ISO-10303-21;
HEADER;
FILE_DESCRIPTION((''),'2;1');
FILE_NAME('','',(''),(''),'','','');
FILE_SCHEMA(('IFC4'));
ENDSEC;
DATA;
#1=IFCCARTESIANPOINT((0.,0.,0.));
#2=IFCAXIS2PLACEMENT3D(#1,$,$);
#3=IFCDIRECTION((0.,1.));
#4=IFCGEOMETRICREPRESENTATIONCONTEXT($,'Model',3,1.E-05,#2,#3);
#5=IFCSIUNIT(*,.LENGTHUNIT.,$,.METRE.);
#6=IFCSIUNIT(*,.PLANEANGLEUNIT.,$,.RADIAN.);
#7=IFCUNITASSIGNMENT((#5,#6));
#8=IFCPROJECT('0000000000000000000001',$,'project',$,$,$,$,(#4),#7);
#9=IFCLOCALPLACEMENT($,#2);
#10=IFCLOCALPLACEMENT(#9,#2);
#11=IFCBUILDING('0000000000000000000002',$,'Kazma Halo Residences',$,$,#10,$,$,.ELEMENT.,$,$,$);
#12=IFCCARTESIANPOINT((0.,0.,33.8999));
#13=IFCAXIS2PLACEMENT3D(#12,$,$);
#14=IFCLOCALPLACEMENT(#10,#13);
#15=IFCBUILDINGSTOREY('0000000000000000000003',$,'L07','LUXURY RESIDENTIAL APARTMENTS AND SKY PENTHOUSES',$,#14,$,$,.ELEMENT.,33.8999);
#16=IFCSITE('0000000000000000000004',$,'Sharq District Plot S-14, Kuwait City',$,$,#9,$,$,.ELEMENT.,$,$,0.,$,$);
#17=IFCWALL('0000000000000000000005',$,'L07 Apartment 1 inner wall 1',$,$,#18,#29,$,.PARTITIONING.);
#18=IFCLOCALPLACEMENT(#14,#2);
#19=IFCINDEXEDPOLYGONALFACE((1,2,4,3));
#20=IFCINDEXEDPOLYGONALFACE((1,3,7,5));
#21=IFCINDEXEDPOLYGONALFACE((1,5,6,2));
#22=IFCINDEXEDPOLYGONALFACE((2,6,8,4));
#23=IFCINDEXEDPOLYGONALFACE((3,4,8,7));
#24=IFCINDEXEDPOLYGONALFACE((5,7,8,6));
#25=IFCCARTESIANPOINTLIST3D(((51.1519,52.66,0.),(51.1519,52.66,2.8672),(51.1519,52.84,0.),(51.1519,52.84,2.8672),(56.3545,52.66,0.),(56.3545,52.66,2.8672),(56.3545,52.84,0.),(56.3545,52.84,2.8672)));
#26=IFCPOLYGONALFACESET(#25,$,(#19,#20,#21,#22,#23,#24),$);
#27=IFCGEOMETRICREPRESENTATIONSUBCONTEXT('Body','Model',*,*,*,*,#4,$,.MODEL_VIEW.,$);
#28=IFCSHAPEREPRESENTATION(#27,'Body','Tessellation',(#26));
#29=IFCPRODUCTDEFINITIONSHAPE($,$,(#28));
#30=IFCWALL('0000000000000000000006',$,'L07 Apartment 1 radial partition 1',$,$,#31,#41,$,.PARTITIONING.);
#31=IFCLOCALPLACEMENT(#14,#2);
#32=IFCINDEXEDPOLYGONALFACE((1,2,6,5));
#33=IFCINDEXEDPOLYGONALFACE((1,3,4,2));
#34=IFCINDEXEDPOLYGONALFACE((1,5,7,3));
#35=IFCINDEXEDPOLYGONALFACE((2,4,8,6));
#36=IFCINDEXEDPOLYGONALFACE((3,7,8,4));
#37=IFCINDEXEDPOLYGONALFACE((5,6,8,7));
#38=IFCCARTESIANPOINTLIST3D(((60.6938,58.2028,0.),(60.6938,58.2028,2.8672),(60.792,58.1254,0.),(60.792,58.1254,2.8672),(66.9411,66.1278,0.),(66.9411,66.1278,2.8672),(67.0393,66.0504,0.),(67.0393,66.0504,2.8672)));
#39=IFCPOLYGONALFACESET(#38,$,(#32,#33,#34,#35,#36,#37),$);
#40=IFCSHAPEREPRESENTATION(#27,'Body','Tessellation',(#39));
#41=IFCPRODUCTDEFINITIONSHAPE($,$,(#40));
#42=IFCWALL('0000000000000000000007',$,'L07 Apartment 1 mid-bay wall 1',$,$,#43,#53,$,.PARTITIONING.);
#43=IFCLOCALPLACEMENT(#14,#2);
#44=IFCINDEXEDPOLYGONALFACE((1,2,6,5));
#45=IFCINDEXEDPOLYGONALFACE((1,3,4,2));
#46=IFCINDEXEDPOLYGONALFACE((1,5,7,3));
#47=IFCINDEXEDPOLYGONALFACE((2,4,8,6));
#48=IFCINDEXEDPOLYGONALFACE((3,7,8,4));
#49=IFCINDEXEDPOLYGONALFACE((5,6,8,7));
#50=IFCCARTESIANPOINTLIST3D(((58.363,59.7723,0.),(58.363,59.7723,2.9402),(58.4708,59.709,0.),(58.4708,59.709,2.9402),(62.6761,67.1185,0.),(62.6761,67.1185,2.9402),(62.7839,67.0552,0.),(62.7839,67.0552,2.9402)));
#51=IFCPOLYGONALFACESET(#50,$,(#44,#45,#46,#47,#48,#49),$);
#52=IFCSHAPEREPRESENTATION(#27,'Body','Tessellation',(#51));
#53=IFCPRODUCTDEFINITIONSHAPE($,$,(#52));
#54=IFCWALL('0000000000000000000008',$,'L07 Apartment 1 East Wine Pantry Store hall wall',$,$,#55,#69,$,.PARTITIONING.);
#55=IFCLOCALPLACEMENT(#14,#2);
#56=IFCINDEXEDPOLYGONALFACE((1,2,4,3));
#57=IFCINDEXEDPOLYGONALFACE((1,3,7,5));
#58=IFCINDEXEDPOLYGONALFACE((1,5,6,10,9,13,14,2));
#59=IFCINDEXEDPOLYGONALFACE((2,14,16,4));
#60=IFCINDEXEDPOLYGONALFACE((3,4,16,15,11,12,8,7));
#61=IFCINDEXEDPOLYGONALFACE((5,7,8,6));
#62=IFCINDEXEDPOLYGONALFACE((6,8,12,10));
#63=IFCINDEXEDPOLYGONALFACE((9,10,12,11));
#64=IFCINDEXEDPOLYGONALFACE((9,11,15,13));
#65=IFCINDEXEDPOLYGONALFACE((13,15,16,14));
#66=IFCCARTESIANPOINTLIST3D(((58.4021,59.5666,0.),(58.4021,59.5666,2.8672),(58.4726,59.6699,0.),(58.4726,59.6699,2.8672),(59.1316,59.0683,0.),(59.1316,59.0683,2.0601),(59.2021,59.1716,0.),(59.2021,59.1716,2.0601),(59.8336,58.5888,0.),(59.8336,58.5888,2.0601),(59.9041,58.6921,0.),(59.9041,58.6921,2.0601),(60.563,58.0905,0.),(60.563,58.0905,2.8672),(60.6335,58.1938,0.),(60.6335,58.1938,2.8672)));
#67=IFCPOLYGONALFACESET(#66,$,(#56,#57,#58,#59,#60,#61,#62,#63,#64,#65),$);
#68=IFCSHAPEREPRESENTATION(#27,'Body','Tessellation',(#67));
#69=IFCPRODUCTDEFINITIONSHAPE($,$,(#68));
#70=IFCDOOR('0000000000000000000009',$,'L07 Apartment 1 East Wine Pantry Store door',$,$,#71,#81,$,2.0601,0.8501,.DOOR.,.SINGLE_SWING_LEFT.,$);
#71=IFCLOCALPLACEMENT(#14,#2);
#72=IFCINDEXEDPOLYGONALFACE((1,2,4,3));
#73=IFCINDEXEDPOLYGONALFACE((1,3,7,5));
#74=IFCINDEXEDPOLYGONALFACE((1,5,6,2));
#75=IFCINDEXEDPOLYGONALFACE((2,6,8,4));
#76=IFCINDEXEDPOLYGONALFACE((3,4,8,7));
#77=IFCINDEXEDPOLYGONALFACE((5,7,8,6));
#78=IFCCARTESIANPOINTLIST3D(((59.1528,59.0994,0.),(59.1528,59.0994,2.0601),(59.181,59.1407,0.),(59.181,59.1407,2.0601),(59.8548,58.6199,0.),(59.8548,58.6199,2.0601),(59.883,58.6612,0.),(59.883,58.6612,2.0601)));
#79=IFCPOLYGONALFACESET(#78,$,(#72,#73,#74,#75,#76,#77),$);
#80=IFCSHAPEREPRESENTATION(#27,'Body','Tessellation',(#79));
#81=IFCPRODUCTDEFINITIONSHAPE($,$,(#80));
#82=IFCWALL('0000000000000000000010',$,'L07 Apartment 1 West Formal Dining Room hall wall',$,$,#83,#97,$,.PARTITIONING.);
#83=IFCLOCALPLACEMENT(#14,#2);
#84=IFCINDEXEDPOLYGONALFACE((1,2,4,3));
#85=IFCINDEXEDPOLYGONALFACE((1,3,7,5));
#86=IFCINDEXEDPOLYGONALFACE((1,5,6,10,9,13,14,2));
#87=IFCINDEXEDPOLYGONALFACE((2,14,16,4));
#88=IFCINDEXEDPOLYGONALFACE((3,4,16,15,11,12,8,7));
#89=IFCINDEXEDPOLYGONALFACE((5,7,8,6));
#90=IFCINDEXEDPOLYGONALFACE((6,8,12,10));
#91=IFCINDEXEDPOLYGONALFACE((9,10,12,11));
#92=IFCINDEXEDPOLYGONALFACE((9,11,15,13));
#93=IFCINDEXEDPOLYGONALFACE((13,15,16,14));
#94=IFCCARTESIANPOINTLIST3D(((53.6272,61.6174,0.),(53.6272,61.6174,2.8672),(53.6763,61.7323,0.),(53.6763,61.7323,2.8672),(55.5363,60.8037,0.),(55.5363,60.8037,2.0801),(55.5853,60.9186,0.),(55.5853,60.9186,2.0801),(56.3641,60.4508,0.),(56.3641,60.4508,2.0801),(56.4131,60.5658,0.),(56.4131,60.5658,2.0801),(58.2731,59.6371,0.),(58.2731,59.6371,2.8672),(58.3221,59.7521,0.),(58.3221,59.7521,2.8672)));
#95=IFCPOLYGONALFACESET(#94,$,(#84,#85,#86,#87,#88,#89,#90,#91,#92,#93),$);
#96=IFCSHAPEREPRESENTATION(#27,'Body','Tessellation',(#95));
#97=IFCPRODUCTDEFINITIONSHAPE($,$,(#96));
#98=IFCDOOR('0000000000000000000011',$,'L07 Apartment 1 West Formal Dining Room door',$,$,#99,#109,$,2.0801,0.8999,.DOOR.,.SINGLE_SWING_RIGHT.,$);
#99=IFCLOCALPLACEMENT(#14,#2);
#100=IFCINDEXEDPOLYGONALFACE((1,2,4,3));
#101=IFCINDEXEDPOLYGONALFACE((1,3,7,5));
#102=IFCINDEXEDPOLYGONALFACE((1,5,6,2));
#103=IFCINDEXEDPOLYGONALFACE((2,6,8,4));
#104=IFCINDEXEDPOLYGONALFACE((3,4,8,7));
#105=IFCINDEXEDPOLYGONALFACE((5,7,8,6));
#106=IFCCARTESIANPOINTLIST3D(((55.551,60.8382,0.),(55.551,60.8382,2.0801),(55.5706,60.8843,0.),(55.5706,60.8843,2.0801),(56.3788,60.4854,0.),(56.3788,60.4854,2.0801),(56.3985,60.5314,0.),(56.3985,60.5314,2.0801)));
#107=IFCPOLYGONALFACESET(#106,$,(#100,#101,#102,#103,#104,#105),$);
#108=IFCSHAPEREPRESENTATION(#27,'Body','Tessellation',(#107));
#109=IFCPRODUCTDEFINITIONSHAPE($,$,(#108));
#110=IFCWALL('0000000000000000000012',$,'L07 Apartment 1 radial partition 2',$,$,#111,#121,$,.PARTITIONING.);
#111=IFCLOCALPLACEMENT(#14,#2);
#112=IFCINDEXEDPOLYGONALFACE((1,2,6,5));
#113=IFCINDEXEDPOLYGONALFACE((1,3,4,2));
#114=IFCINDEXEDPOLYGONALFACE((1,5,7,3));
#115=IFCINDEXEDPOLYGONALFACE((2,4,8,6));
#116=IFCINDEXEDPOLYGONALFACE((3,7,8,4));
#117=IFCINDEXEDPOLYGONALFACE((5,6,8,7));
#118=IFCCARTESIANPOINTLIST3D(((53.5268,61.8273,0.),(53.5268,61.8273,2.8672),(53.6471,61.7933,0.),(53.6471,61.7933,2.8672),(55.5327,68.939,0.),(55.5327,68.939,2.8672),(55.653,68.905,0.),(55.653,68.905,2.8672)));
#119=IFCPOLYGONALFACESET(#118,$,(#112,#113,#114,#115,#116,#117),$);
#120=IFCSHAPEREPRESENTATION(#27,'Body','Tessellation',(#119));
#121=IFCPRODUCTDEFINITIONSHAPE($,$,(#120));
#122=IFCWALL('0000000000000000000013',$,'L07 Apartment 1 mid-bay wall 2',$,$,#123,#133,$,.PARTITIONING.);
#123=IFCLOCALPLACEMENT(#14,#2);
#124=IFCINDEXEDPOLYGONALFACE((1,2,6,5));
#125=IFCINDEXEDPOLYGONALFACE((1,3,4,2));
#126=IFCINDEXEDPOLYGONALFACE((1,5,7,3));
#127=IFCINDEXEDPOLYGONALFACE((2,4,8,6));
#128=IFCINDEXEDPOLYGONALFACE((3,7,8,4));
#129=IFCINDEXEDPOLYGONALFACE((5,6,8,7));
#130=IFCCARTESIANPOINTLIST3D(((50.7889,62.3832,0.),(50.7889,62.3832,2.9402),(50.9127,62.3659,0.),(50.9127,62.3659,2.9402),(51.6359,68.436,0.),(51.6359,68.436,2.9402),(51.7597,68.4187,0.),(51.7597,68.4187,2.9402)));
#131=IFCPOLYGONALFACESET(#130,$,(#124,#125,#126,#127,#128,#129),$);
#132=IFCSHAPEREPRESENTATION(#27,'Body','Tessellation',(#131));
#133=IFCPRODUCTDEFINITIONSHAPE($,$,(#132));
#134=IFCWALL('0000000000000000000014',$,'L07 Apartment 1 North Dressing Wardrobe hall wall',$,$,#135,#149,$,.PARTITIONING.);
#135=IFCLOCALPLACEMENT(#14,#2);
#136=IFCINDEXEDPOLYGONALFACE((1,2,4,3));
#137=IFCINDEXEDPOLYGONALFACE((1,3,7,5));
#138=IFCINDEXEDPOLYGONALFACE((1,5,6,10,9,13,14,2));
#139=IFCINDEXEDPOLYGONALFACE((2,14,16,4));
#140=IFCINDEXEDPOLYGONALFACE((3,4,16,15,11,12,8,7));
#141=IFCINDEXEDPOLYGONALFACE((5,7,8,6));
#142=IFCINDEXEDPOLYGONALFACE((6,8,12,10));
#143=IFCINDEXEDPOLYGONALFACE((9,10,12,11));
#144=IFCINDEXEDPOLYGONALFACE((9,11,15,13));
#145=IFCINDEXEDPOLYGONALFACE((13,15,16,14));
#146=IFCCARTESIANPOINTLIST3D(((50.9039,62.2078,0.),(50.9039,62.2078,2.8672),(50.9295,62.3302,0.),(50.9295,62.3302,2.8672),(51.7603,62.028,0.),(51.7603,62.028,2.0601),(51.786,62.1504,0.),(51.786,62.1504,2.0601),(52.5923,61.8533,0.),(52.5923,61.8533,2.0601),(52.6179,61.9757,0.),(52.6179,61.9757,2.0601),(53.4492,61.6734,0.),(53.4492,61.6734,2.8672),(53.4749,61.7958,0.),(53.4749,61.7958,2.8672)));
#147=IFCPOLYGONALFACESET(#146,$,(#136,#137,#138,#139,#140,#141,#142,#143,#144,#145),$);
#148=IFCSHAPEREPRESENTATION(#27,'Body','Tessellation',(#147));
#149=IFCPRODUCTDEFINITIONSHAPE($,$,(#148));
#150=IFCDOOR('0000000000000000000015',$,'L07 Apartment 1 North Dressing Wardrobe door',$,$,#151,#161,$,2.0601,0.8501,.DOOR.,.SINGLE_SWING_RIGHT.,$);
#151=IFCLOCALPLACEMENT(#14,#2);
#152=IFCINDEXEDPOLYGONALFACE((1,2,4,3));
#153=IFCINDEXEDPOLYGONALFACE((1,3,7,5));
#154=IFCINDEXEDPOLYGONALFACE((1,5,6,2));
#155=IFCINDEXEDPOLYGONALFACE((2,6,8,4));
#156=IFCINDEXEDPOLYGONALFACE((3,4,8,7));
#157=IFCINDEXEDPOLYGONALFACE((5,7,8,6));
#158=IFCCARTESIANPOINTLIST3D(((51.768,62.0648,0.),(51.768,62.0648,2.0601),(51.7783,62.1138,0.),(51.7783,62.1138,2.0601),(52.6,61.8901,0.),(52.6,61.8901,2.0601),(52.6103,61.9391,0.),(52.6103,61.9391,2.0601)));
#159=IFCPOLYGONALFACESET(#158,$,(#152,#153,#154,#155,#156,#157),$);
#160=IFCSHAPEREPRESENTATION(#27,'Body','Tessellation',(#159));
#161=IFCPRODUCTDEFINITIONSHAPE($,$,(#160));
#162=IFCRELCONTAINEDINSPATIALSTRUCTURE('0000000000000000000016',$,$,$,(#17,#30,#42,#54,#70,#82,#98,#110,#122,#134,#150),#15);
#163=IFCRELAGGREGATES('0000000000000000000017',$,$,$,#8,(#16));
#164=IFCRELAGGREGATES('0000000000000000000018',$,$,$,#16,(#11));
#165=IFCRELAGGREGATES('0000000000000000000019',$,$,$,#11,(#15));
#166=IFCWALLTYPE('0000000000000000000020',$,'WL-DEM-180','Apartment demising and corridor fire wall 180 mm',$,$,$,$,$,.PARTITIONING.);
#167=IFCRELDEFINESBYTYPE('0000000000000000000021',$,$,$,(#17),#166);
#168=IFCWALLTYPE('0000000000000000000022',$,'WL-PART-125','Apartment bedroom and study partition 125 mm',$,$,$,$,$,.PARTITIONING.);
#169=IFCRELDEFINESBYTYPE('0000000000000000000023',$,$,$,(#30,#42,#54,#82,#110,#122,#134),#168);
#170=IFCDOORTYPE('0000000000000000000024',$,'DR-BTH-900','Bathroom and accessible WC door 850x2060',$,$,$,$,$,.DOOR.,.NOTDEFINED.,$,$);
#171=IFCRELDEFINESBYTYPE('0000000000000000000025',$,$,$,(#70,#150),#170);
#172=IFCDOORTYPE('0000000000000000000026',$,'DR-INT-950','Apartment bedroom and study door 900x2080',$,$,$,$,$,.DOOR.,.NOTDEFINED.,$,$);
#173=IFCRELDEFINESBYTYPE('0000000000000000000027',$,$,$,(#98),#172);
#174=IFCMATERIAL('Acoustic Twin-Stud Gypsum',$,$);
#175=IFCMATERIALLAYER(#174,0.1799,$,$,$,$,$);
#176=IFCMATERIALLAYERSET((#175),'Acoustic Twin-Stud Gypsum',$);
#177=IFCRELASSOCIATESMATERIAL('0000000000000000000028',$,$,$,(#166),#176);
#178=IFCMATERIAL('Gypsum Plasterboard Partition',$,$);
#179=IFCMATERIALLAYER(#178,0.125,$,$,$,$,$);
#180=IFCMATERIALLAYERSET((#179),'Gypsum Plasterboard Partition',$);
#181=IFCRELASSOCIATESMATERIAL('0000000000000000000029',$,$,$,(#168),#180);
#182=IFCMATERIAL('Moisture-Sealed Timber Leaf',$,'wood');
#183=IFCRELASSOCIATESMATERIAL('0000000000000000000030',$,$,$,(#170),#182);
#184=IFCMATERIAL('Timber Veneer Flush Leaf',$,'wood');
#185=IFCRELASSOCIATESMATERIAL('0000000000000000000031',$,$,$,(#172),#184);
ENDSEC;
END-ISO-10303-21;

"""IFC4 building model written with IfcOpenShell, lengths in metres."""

from ifc_helpers import new_model, si_unit, direction, frame, frame_2d, origin, place, context, subcontext, project, spatial, rectangle, extrude, material, layer, layer_set, type_object, element, fill, save


model = new_model("IFC4")

# Units and contexts
model_context = context("Model", 3, precision=1e-05, world=origin(), true_north=direction((0.0, 1.0)))
body_context = subcontext(model_context, "Body", "Model", "MODEL_VIEW")
ifc_project = project(units=[si_unit("LENGTHUNIT", "METRE"), si_unit("PLANEANGLEUNIT", "RADIAN")], contexts=[model_context])

# Site, building, storey
site_placement = place(None, origin())
site = spatial("IfcSite", under=ifc_project, at=site_placement, Name="Sharq District Plot S-14, Kuwait City", CompositionType="ELEMENT", RefElevation=0.0)
building_placement = place(site_placement, origin())
building = spatial("IfcBuilding", under=site, at=building_placement, Name="Kazma Halo Residences", CompositionType="ELEMENT")
storey_placement = place(building_placement, frame((0.0, 0.0, 33.8999)))
storey = spatial("IfcBuildingStorey", under=building, at=storey_placement, Name="L07", Description="LUXURY RESIDENTIAL APARTMENTS AND SKY PENTHOUSES", CompositionType="ELEMENT", Elevation=33.8999)

# Walls
ifc_material_1 = material(Name="Acoustic Twin-Stud Gypsum")
ifc_layer_1 = layer(ifc_material_1, 0.1799)
ifc_layer_set_1 = layer_set([ifc_layer_1], Name="Acoustic Twin-Stud Gypsum")
wall_type_1 = type_object("IfcWallType", Name="WL-DEM-180", Description="Apartment demising and corridor fire wall 180 mm", PredefinedType="PARTITIONING", material=ifc_layer_set_1)
wall_1_placement = place(storey_placement, frame((56.3545, 52.75, 0.0), z_axis=(0.0, 0.0, 1.0), x_axis=(-1.0, 0.0, 0.0)))
element("IfcWall", 1, at=wall_1_placement, inside=storey, type_object=wall_type_1, Name="L07 Apartment 1 inner wall 1", PredefinedType="PARTITIONING", context=body_context, shape_type="SweptSolid", body=[
    extrude(rectangle(XDim=5.2026, YDim=0.1799, at=frame_2d((2.6013, 0.0))), origin(), (0.0, 0.0, 1.0), 2.8672),
])
ifc_material_2 = material(Name="Gypsum Plasterboard Partition")
ifc_layer_2 = layer(ifc_material_2, 0.125)
ifc_layer_set_2 = layer_set([ifc_layer_2], Name="Gypsum Plasterboard Partition")
wall_type_2 = type_object("IfcWallType", Name="WL-PART-125", Description="Apartment bedroom and study partition 125 mm", PredefinedType="PARTITIONING", material=ifc_layer_set_2)
wall_2_placement = place(storey_placement, frame((60.7429, 58.1641, 0.0), z_axis=(0.0, 0.0, 1.0), x_axis=(0.619076, 0.785331, 0.0)))
element("IfcWall", 2, at=wall_2_placement, inside=storey, type_object=wall_type_2, Name="L07 Apartment 1 radial partition 1", PredefinedType="PARTITIONING", context=body_context, shape_type="SweptSolid", body=[
    extrude(rectangle(XDim=10.0913, YDim=0.125, at=frame_2d((5.0457, 0.0))), origin(), (0.0, 0.0, 1.0), 2.8672),
])
wall_3_placement = place(storey_placement, frame((58.417, 59.7407, 0.0), z_axis=(0.0, 0.0, 1.0), x_axis=(0.506296, 0.86236, 0.0)))
element("IfcWall", 3, at=wall_3_placement, inside=storey, type_object=wall_type_2, Name="L07 Apartment 1 mid-bay wall 1", PredefinedType="PARTITIONING", context=body_context, shape_type="SweptSolid", body=[
    extrude(rectangle(XDim=8.5188, YDim=0.125, at=frame_2d((4.2593, 0.0))), origin(), (0.0, 0.0, 1.0), 2.9402),
])

# Walls, openings, doors
wall_4_placement = place(storey_placement, frame((60.5984, 58.1421, 0.0), z_axis=(0.0, 0.0, 1.0), x_axis=(-0.82574, 0.564052, 0.0)))
wall_4 = element("IfcWall", 4, at=wall_4_placement, inside=storey, type_object=wall_type_2, Name="L07 Apartment 1 East Wine Pantry Store hall wall", PredefinedType="PARTITIONING", context=body_context, shape_type="SweptSolid", body=[
    extrude(rectangle(XDim=2.6169, YDim=0.125, at=frame_2d((1.3086, 0.0))), origin(), (0.0, 0.0, 1.0), 2.8672),
])
opening_1_placement = place(wall_4_placement, frame((0.8835, 0.0, 0.0)))
opening_1 = element("IfcOpeningElement", 5, at=opening_1_placement, cuts=wall_4, PredefinedType="OPENING", context=body_context, shape_type="SweptSolid", body=[
    extrude(rectangle(XDim=0.8501, YDim=2.0601, at=frame_2d((0.425, 1.03))), frame((0.0, 0.0725, 0.0), z_axis=(0.0, -1.0, 0.0), x_axis=(1.0, 0.0, 0.0)), (0.0, 0.0, 1.0), 0.145),
])
ifc_material_3 = material(Name="Moisture-Sealed Timber Leaf", Category="wood")
door_type_1 = type_object("IfcDoorType", Name="DR-BTH-900", Description="Bathroom and accessible WC door 850x2060", OperationType="NOTDEFINED", PredefinedType="DOOR", material=ifc_material_3)
door_1_placement = place(opening_1_placement, origin())
door_1 = element("IfcDoor", 6, at=door_1_placement, inside=storey, type_object=door_type_1, Name="L07 Apartment 1 East Wine Pantry Store door", OperationType="SINGLE_SWING_LEFT", OverallHeight=2.0601, OverallWidth=0.8501, PredefinedType="DOOR", context=body_context, shape_type="SweptSolid", body=[
    extrude(rectangle(XDim=0.8501, YDim=2.0601, at=frame_2d((0.425, 1.03))), frame((0.0, 0.0249, 0.0), z_axis=(0.0, -1.0, 0.0), x_axis=(1.0, 0.0, 0.0)), (0.0, 0.0, 1.0), 0.05),
])
fill(opening_1, door_1)
wall_5_placement = place(storey_placement, frame((58.2976, 59.6946, 0.0), z_axis=(0.0, 0.0, 1.0), x_axis=(-0.919918, 0.39211, 0.0)))
wall_5 = element("IfcWall", 7, at=wall_5_placement, inside=storey, type_object=wall_type_2, Name="L07 Apartment 1 West Formal Dining Room hall wall", PredefinedType="PARTITIONING", context=body_context, shape_type="SweptSolid", body=[
    extrude(rectangle(XDim=5.0503, YDim=0.125, at=frame_2d((2.5251, 0.0))), origin(), (0.0, 0.0, 1.0), 2.8672),
])
opening_2_placement = place(wall_5_placement, frame((2.0752, 0.0, 0.0)))
opening_2 = element("IfcOpeningElement", 8, at=opening_2_placement, cuts=wall_5, PredefinedType="OPENING", context=body_context, shape_type="SweptSolid", body=[
    extrude(rectangle(XDim=0.8999, YDim=2.0801, at=frame_2d((0.45, 1.04))), frame((0.0, 0.0725, 0.0), z_axis=(0.0, -1.0, 0.0), x_axis=(1.0, 0.0, 0.0)), (0.0, 0.0, 1.0), 0.145),
])
ifc_material_4 = material(Name="Timber Veneer Flush Leaf", Category="wood")
door_type_2 = type_object("IfcDoorType", Name="DR-INT-950", Description="Apartment bedroom and study door 900x2080", OperationType="NOTDEFINED", PredefinedType="DOOR", material=ifc_material_4)
door_2_placement = place(opening_2_placement, origin())
door_2 = element("IfcDoor", 9, at=door_2_placement, inside=storey, type_object=door_type_2, Name="L07 Apartment 1 West Formal Dining Room door", OperationType="SINGLE_SWING_RIGHT", OverallHeight=2.0801, OverallWidth=0.8999, PredefinedType="DOOR", context=body_context, shape_type="SweptSolid", body=[
    extrude(rectangle(XDim=0.8999, YDim=2.0801, at=frame_2d((0.45, 1.04))), frame((0.0, 0.0249, 0.0), z_axis=(0.0, -1.0, 0.0), x_axis=(1.0, 0.0, 0.0)), (0.0, 0.0, 1.0), 0.05),
])
fill(opening_2, door_2)

# Walls
wall_6_placement = place(storey_placement, frame((53.5869, 61.8103, 0.0), z_axis=(0.0, 0.0, 1.0), x_axis=(0.271464, 0.962449, 0.0)))
element("IfcWall", 10, at=wall_6_placement, inside=storey, type_object=wall_type_2, Name="L07 Apartment 1 radial partition 2", PredefinedType="PARTITIONING", context=body_context, shape_type="SweptSolid", body=[
    extrude(rectangle(XDim=7.3892, YDim=0.125, at=frame_2d((3.6946, 0.0))), origin(), (0.0, 0.0, 1.0), 2.8672),
])
wall_7_placement = place(storey_placement, frame((50.8508, 62.3745, 0.0), z_axis=(0.0, 0.0, 1.0), x_axis=(0.138574, 0.990352, 0.0)))
element("IfcWall", 11, at=wall_7_placement, inside=storey, type_object=wall_type_2, Name="L07 Apartment 1 mid-bay wall 2", PredefinedType="PARTITIONING", context=body_context, shape_type="SweptSolid", body=[
    extrude(rectangle(XDim=6.1118, YDim=0.125, at=frame_2d((3.0559, 0.0))), origin(), (0.0, 0.0, 1.0), 2.9402),
])

# Wall, opening, door
wall_8_placement = place(storey_placement, frame((53.4619, 61.7346, 0.0), z_axis=(0.0, 0.0, 1.0), x_axis=(-0.978662, 0.205476, 0.0)))
wall_8 = element("IfcWall", 12, at=wall_8_placement, inside=storey, type_object=wall_type_2, Name="L07 Apartment 1 North Dressing Wardrobe hall wall", PredefinedType="PARTITIONING", context=body_context, shape_type="SweptSolid", body=[
    extrude(rectangle(XDim=2.6008, YDim=0.125, at=frame_2d((1.3003, 0.0))), origin(), (0.0, 0.0, 1.0), 2.8672),
])
opening_3_placement = place(wall_8_placement, frame((0.8755, 0.0, 0.0)))
opening_3 = element("IfcOpeningElement", 13, at=opening_3_placement, cuts=wall_8, PredefinedType="OPENING", context=body_context, shape_type="SweptSolid", body=[
    extrude(rectangle(XDim=0.8501, YDim=2.0601, at=frame_2d((0.425, 1.03))), frame((0.0, 0.0725, 0.0), z_axis=(0.0, -1.0, 0.0), x_axis=(1.0, 0.0, 0.0)), (0.0, 0.0, 1.0), 0.145),
])
door_3_placement = place(opening_3_placement, origin())
door_3 = element("IfcDoor", 14, at=door_3_placement, inside=storey, type_object=door_type_1, Name="L07 Apartment 1 North Dressing Wardrobe door", OperationType="SINGLE_SWING_RIGHT", OverallHeight=2.0601, OverallWidth=0.8501, PredefinedType="DOOR", context=body_context, shape_type="SweptSolid", body=[
    extrude(rectangle(XDim=0.8501, YDim=2.0601, at=frame_2d((0.425, 1.03))), frame((0.0, 0.0249, 0.0), z_axis=(0.0, -1.0, 0.0), x_axis=(1.0, 0.0, 0.0)), (0.0, 0.0, 1.0), 0.05),
])
fill(opening_3, door_3)

save(model, "model.ifc")
